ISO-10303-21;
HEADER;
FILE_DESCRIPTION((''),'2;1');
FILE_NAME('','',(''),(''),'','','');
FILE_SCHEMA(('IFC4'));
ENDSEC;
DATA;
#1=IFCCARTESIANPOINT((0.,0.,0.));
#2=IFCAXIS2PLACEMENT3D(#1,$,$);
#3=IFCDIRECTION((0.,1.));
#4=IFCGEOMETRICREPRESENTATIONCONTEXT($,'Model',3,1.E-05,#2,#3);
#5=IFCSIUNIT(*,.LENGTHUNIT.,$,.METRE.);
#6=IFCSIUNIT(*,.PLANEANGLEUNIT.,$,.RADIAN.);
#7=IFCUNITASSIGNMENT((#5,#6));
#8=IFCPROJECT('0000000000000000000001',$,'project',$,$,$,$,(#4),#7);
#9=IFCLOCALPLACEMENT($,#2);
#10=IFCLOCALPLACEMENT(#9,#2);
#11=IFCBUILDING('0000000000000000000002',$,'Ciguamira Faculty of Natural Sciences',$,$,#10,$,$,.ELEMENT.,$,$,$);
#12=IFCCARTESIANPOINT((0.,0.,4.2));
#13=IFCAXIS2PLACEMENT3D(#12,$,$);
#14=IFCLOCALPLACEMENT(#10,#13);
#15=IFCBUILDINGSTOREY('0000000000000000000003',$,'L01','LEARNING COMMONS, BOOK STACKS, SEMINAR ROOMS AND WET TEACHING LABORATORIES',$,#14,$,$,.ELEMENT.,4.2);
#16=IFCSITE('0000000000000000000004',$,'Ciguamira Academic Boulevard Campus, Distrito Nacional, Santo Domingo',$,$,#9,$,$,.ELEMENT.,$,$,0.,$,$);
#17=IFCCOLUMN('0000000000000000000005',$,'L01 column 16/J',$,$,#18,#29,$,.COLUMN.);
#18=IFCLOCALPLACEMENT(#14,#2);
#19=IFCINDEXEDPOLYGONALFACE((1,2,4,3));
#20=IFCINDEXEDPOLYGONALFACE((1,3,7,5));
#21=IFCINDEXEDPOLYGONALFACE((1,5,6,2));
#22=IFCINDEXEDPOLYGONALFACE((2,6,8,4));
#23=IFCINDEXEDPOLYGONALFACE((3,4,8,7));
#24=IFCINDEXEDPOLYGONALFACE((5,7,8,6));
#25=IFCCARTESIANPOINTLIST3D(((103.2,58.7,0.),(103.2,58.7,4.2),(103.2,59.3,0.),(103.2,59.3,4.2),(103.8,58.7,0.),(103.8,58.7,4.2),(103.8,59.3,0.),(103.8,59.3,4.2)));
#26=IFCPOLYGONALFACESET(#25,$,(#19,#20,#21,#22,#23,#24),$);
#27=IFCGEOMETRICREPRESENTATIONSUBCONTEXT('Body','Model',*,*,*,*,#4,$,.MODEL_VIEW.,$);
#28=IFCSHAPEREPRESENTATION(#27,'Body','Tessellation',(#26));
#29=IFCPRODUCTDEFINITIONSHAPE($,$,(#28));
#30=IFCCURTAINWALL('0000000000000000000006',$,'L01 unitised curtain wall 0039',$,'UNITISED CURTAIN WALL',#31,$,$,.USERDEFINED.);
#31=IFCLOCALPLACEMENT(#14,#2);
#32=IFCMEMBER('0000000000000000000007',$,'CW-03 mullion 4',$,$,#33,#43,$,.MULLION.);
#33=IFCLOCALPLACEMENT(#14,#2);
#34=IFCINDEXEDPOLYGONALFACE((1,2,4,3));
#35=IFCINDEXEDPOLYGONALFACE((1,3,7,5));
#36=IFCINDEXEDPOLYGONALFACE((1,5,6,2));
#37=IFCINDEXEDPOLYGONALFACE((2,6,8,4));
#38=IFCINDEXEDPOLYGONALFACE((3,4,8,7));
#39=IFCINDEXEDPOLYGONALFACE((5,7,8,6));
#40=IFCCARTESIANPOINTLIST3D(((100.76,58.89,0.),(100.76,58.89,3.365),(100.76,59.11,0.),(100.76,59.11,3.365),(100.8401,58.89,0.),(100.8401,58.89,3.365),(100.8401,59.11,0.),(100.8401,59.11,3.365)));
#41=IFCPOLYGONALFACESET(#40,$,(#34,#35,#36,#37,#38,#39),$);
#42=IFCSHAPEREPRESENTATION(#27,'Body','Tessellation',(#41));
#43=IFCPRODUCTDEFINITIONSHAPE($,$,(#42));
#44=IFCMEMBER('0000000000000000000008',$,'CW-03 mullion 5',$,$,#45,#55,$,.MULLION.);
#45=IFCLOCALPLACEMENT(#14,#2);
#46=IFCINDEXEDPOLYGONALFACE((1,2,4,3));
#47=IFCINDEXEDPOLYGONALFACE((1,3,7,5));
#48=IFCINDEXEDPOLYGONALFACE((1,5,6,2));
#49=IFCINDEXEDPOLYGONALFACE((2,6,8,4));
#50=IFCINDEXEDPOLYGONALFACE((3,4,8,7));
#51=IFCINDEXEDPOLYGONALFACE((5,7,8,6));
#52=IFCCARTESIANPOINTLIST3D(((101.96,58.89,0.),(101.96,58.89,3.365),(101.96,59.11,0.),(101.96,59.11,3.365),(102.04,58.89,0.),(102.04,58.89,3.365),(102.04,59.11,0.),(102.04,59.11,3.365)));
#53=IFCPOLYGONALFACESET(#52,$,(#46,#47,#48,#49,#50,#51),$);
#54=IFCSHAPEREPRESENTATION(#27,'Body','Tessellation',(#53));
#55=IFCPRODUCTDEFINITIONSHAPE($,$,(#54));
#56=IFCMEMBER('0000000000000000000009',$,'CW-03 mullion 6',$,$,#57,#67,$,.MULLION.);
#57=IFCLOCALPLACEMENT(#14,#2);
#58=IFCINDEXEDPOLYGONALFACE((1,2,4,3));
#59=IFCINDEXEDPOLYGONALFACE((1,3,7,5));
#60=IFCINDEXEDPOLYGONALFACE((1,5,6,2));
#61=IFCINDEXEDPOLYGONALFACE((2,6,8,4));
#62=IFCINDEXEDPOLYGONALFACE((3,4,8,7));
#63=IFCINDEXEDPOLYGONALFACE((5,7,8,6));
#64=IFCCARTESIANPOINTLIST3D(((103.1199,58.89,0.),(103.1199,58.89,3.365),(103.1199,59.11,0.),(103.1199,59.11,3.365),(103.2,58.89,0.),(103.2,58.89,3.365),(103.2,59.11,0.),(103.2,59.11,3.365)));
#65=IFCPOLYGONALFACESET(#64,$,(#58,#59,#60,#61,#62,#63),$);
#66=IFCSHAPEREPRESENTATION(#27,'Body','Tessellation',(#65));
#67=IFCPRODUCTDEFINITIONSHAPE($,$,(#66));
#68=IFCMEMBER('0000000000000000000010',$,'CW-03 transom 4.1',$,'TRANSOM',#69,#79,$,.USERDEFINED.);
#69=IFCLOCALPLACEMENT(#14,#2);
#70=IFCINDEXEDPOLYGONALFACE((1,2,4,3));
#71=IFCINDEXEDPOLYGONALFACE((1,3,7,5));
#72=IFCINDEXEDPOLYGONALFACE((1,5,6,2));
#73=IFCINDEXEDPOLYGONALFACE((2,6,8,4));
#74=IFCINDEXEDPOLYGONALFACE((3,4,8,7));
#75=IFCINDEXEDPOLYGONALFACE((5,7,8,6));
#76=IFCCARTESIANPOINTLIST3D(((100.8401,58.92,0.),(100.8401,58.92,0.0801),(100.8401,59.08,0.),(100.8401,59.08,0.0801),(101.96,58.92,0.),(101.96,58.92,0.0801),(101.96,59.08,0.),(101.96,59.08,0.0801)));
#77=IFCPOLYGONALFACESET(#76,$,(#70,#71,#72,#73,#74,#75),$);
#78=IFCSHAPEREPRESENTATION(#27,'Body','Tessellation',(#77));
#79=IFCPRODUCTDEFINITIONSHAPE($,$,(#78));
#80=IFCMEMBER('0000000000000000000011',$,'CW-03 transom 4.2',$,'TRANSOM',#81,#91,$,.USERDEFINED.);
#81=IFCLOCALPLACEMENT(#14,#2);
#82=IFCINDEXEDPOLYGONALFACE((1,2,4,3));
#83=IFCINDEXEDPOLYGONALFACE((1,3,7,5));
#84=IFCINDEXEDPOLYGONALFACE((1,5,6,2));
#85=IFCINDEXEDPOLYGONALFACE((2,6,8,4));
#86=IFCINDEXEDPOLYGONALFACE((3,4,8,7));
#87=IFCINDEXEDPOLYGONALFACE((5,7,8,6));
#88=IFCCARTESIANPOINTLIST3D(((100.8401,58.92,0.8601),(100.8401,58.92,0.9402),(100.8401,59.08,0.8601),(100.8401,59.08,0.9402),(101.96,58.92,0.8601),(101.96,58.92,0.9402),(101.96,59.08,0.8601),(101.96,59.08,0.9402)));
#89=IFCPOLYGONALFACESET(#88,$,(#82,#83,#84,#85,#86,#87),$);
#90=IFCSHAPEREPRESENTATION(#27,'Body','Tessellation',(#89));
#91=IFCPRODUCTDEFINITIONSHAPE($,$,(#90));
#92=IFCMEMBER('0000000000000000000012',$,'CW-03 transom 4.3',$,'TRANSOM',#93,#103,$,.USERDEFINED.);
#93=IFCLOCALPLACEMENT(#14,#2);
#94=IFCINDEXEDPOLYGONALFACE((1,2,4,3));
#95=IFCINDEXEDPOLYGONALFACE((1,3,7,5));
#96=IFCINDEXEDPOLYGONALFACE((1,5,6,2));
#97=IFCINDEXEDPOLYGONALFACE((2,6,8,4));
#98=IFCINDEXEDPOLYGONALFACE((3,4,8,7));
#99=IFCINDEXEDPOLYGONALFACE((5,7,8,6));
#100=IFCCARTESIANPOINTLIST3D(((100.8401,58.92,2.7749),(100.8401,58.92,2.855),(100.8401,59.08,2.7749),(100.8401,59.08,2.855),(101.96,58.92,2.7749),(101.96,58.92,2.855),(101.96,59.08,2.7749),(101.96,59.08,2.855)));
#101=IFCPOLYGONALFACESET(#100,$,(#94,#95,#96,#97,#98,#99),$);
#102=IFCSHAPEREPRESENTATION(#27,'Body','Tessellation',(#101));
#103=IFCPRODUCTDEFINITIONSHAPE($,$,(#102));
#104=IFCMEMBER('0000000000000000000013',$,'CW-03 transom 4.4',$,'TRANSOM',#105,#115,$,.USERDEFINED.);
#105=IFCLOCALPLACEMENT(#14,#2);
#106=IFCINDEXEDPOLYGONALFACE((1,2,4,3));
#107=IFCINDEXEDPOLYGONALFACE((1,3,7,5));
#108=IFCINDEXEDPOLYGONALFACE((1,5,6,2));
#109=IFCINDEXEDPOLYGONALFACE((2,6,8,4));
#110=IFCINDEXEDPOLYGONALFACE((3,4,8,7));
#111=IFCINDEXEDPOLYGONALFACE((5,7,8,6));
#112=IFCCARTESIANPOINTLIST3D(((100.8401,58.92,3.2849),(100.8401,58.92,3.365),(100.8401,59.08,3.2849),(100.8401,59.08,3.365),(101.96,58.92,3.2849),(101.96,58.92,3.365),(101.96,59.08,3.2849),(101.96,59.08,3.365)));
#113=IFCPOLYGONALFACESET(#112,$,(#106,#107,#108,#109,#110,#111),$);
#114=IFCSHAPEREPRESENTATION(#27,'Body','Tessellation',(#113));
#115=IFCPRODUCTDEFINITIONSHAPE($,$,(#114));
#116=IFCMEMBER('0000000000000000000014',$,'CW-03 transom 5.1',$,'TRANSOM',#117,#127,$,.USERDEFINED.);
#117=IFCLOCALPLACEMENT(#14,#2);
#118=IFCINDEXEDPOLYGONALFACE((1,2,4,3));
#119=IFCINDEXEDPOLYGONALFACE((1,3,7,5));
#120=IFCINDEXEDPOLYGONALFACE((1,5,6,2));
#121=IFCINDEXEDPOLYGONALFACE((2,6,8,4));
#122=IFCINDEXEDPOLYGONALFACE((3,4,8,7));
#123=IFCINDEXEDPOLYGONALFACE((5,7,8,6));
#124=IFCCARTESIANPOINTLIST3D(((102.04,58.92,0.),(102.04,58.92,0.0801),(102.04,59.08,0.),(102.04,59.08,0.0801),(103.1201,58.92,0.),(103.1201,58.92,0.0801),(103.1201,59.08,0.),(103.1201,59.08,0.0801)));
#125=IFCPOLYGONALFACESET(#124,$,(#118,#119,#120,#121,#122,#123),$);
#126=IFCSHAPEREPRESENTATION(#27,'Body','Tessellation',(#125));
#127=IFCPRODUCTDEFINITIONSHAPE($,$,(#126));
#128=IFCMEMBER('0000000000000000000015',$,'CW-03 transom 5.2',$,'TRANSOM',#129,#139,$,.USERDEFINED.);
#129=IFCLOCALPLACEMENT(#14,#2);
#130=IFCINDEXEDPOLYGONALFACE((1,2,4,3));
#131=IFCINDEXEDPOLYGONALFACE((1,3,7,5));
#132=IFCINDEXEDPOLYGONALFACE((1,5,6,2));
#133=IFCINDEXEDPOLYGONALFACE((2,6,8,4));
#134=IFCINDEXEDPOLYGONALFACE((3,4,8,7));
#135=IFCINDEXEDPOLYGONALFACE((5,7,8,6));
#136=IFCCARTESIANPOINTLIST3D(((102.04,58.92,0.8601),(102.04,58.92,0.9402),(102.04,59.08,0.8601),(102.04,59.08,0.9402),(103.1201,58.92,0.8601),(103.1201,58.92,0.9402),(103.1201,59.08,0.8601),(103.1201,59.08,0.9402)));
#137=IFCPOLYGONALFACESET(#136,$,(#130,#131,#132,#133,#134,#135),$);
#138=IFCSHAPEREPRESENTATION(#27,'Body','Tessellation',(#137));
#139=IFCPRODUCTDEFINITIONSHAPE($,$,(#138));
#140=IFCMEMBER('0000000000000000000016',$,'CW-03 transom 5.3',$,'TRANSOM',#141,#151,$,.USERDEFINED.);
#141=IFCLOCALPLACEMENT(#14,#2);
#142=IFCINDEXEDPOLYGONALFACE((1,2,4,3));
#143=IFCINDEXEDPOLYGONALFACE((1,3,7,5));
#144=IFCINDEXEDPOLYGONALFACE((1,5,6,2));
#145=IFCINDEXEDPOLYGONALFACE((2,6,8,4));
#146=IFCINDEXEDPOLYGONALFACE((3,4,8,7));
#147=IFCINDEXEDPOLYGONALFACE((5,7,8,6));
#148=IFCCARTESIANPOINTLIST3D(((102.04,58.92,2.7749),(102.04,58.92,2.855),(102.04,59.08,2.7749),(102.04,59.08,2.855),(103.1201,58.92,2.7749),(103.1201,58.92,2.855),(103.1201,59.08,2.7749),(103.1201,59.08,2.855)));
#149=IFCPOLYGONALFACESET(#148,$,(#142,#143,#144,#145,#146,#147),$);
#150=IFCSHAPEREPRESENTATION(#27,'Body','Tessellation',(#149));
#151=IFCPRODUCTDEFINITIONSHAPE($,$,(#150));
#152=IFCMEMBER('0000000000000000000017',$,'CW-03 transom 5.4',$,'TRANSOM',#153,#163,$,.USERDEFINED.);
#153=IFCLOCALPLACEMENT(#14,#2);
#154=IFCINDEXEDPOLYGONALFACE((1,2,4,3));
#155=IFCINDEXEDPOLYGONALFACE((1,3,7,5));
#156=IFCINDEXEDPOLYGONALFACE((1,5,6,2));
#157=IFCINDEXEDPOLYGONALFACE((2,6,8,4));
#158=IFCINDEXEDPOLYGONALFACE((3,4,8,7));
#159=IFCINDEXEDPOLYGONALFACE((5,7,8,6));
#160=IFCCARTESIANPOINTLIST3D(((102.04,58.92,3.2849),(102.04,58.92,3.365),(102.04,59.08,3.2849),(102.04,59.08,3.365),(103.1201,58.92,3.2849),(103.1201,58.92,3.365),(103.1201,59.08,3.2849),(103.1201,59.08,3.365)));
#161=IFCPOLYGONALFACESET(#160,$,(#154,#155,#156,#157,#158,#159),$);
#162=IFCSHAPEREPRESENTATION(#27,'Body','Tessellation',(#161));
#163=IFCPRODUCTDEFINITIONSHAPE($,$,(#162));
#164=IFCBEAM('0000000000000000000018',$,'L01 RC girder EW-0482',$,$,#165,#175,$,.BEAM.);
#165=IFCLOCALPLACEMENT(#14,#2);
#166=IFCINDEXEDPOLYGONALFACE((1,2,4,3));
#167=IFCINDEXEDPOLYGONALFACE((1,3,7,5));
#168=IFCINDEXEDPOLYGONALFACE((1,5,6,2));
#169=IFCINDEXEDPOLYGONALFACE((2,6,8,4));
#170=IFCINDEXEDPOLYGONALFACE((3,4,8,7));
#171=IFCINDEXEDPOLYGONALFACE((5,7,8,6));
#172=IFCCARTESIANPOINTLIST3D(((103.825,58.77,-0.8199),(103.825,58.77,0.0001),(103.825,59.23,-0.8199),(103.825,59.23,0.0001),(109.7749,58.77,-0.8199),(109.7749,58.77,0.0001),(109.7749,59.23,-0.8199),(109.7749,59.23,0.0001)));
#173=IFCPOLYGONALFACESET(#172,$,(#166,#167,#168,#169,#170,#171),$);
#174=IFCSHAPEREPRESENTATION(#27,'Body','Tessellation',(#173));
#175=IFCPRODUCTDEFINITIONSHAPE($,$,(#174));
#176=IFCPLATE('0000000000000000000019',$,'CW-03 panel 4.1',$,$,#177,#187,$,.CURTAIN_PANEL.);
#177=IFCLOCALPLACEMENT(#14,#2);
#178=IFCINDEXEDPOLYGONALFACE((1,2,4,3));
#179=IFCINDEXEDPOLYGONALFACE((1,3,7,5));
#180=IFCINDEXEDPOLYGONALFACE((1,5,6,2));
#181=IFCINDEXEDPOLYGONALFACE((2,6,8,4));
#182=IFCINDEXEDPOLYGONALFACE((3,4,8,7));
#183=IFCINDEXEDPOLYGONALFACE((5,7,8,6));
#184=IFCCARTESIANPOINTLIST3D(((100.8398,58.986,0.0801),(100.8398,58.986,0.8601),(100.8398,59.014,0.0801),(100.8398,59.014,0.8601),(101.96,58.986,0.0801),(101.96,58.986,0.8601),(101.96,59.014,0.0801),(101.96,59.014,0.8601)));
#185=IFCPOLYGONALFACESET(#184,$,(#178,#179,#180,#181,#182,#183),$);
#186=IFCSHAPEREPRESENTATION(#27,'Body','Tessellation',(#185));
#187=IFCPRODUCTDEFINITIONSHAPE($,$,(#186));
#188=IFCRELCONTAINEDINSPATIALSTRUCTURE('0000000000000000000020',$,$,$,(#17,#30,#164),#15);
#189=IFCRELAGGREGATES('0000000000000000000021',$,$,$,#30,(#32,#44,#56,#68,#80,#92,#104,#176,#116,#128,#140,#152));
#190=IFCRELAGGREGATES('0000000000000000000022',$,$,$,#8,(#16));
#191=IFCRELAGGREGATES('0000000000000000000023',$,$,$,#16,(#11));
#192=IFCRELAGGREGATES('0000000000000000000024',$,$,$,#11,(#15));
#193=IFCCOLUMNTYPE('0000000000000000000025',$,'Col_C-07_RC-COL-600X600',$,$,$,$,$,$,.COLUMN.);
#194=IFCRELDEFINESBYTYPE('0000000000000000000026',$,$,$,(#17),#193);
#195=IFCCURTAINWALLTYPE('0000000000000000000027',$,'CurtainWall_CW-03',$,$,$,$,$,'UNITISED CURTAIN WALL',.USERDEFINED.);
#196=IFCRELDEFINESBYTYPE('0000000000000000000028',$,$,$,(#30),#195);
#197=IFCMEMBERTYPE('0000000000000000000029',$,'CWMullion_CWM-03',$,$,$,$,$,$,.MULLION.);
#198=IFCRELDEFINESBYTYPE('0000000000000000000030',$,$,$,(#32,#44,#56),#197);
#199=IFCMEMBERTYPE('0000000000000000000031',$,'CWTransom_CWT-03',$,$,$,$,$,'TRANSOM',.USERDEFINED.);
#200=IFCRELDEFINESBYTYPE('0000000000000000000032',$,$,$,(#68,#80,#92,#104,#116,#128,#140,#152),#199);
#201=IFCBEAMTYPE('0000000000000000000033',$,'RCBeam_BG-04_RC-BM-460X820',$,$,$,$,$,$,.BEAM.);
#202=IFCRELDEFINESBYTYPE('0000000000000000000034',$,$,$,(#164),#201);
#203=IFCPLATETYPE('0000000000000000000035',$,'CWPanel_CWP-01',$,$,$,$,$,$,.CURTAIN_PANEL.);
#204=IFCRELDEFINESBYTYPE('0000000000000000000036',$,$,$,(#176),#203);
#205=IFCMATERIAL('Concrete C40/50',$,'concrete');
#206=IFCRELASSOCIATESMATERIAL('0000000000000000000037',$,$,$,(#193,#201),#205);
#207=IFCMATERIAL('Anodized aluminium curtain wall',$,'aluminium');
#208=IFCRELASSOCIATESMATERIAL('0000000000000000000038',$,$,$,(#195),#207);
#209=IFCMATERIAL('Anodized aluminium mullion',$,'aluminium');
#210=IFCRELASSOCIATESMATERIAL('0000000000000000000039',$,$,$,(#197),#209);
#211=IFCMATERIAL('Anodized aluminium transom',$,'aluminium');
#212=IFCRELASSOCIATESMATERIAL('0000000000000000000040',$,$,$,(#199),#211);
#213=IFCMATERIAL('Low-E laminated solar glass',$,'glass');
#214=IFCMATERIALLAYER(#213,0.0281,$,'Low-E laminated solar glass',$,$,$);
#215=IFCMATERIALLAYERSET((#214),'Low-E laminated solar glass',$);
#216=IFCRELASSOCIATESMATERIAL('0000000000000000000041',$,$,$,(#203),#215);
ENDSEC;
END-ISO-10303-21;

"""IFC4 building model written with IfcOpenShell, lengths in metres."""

from ifc_helpers import new_model, si_unit, direction, frame, origin, origin_2d, place, context, subcontext, project, spatial, rectangle, extrude, material, layer, layer_set, material_profile, profile_set, type_object, element, aggregate, save


model = new_model("IFC4")

# Units and contexts
model_context = context("Model", 3, precision=1e-05, world=origin(), true_north=direction((0.0, 1.0)))
body_context = subcontext(model_context, "Body", "Model", "MODEL_VIEW")
ifc_project = project(units=[si_unit("LENGTHUNIT", "METRE"), si_unit("PLANEANGLEUNIT", "RADIAN")], contexts=[model_context])

# Site, building, storey
site_placement = place(None, origin())
site = spatial("IfcSite", under=ifc_project, at=site_placement, Name="Ciguamira Academic Boulevard Campus, Distrito Nacional, Santo Domingo", CompositionType="ELEMENT", RefElevation=0.0)
building_placement = place(site_placement, origin())
building = spatial("IfcBuilding", under=site, at=building_placement, Name="Ciguamira Faculty of Natural Sciences", CompositionType="ELEMENT")
storey_placement = place(building_placement, frame((0.0, 0.0, 4.2)))
storey = spatial("IfcBuildingStorey", under=building, at=storey_placement, Name="L01", Description="LEARNING COMMONS, BOOK STACKS, SEMINAR ROOMS AND WET TEACHING LABORATORIES", CompositionType="ELEMENT", Elevation=4.2)

# Column
ifc_material_1 = material(Name="Concrete C40/50", Category="concrete")
ifc_material_profile_1 = material_profile(ifc_material_1, rectangle(XDim=0.6001, YDim=0.6001, at=origin_2d()), Name="RC-COL-600X600")
ifc_profile_set_1 = profile_set([ifc_material_profile_1], Name="Concrete C40/50")
column_type = type_object("IfcColumnType", Name="Col_C-07_RC-COL-600X600", PredefinedType="COLUMN", material=ifc_profile_set_1)
column_placement = place(storey_placement, frame((103.5, 59.0, 0.0), z_axis=(0.0, 0.0, 1.0), x_axis=(1.0, 0.0, 0.0)))
element("IfcColumn", 1, at=column_placement, inside=storey, type_object=column_type, Name="L01 column 16/J", PredefinedType="COLUMN", context=body_context, shape_type="SweptSolid", body=[
    extrude(rectangle(XDim=0.6001, YDim=0.6001, at=origin_2d()), origin(), (0.0, 0.0, 1.0), 4.2),
])

# Curtain wall, members
ifc_material_2 = material(Name="Anodized aluminium curtain wall", Category="aluminium")
curtain_wall_type = type_object("IfcCurtainWallType", Name="CurtainWall_CW-03", ElementType="UNITISED CURTAIN WALL", PredefinedType="USERDEFINED", material=ifc_material_2)
curtain_wall_placement = place(storey_placement, origin())
curtain_wall = element("IfcCurtainWall", 2, at=curtain_wall_placement, inside=storey, type_object=curtain_wall_type, Name="L01 unitised curtain wall 0039", ObjectType="UNITISED CURTAIN WALL", PredefinedType="USERDEFINED")
ifc_material_3 = material(Name="Anodized aluminium mullion", Category="aluminium")
ifc_material_profile_2 = material_profile(ifc_material_3, rectangle(XDim=0.0801, YDim=0.22, at=origin_2d()), Name="ALU-MUL-80X220")
ifc_profile_set_2 = profile_set([ifc_material_profile_2], Name="Anodized aluminium mullion")
member_type_1 = type_object("IfcMemberType", Name="CWMullion_CWM-03", PredefinedType="MULLION", material=ifc_profile_set_2)
member_1_placement = place(storey_placement, frame((100.8, 59.0, 0.0), z_axis=(0.0, 0.0, 1.0), x_axis=(1.0, 0.0, 0.0)))
member_1 = element("IfcMember", 3, at=member_1_placement, type_object=member_type_1, Name="CW-03 mullion 4", PredefinedType="MULLION", context=body_context, shape_type="SweptSolid", body=[
    extrude(rectangle(XDim=0.0801, YDim=0.22, at=origin_2d()), origin(), (0.0, 0.0, 1.0), 3.365),
])
member_2_placement = place(storey_placement, frame((102.0, 59.0, 0.0), z_axis=(0.0, 0.0, 1.0), x_axis=(1.0, 0.0, 0.0)))
member_2 = element("IfcMember", 4, at=member_2_placement, type_object=member_type_1, Name="CW-03 mullion 5", PredefinedType="MULLION", context=body_context, shape_type="SweptSolid", body=[
    extrude(rectangle(XDim=0.0801, YDim=0.22, at=origin_2d()), origin(), (0.0, 0.0, 1.0), 3.365),
])
member_3_placement = place(storey_placement, frame((103.1599, 59.0, 0.0), z_axis=(0.0, 0.0, 1.0), x_axis=(1.0, 0.0, 0.0)))
member_3 = element("IfcMember", 5, at=member_3_placement, type_object=member_type_1, Name="CW-03 mullion 6", PredefinedType="MULLION", context=body_context, shape_type="SweptSolid", body=[
    extrude(rectangle(XDim=0.0801, YDim=0.22, at=origin_2d()), origin(), (0.0, 0.0, 1.0), 3.365),
])
ifc_material_4 = material(Name="Anodized aluminium transom", Category="aluminium")
ifc_material_profile_3 = material_profile(ifc_material_4, rectangle(XDim=0.0801, YDim=0.1599, at=origin_2d()), Name="ALU-TRN-80X160")
ifc_profile_set_3 = profile_set([ifc_material_profile_3], Name="Anodized aluminium transom")
member_type_2 = type_object("IfcMemberType", Name="CWTransom_CWT-03", ElementType="TRANSOM", PredefinedType="USERDEFINED", material=ifc_profile_set_3)
member_4_placement = place(storey_placement, frame((100.8401, 59.0, 0.04), z_axis=(1.0, 0.0, 0.0), x_axis=(0.0, 0.0, 1.0)))
member_4 = element("IfcMember", 6, at=member_4_placement, type_object=member_type_2, Name="CW-03 transom 4.1", ObjectType="TRANSOM", PredefinedType="USERDEFINED", context=body_context, shape_type="SweptSolid", body=[
    extrude(rectangle(XDim=0.0801, YDim=0.1599, at=origin_2d()), origin(), (0.0, 0.0, 1.0), 1.1199),
])
member_5_placement = place(storey_placement, frame((100.8401, 59.0, 0.9001), z_axis=(1.0, 0.0, 0.0), x_axis=(0.0, 0.0, 1.0)))
member_5 = element("IfcMember", 7, at=member_5_placement, type_object=member_type_2, Name="CW-03 transom 4.2", ObjectType="TRANSOM", PredefinedType="USERDEFINED", context=body_context, shape_type="SweptSolid", body=[
    extrude(rectangle(XDim=0.0801, YDim=0.1599, at=origin_2d()), origin(), (0.0, 0.0, 1.0), 1.1199),
])
member_6_placement = place(storey_placement, frame((100.8401, 59.0, 2.8149), z_axis=(1.0, 0.0, 0.0), x_axis=(0.0, 0.0, 1.0)))
member_6 = element("IfcMember", 8, at=member_6_placement, type_object=member_type_2, Name="CW-03 transom 4.3", ObjectType="TRANSOM", PredefinedType="USERDEFINED", context=body_context, shape_type="SweptSolid", body=[
    extrude(rectangle(XDim=0.0801, YDim=0.1599, at=origin_2d()), origin(), (0.0, 0.0, 1.0), 1.1199),
])
member_7_placement = place(storey_placement, frame((100.8401, 59.0, 3.325), z_axis=(1.0, 0.0, 0.0), x_axis=(0.0, 0.0, 1.0)))
member_7 = element("IfcMember", 9, at=member_7_placement, type_object=member_type_2, Name="CW-03 transom 4.4", ObjectType="TRANSOM", PredefinedType="USERDEFINED", context=body_context, shape_type="SweptSolid", body=[
    extrude(rectangle(XDim=0.0801, YDim=0.1599, at=origin_2d()), origin(), (0.0, 0.0, 1.0), 1.1199),
])
member_8_placement = place(storey_placement, frame((102.04, 59.0, 0.04), z_axis=(1.0, 0.0, 0.0), x_axis=(0.0, 0.0, 1.0)))
member_8 = element("IfcMember", 10, at=member_8_placement, type_object=member_type_2, Name="CW-03 transom 5.1", ObjectType="TRANSOM", PredefinedType="USERDEFINED", context=body_context, shape_type="SweptSolid", body=[
    extrude(rectangle(XDim=0.0801, YDim=0.1599, at=origin_2d()), origin(), (0.0, 0.0, 1.0), 1.0801),
])
member_9_placement = place(storey_placement, frame((102.04, 59.0, 0.9001), z_axis=(1.0, 0.0, 0.0), x_axis=(0.0, 0.0, 1.0)))
member_9 = element("IfcMember", 11, at=member_9_placement, type_object=member_type_2, Name="CW-03 transom 5.2", ObjectType="TRANSOM", PredefinedType="USERDEFINED", context=body_context, shape_type="SweptSolid", body=[
    extrude(rectangle(XDim=0.0801, YDim=0.1599, at=origin_2d()), origin(), (0.0, 0.0, 1.0), 1.0801),
])
member_10_placement = place(storey_placement, frame((102.04, 59.0, 2.8149), z_axis=(1.0, 0.0, 0.0), x_axis=(0.0, 0.0, 1.0)))
member_10 = element("IfcMember", 12, at=member_10_placement, type_object=member_type_2, Name="CW-03 transom 5.3", ObjectType="TRANSOM", PredefinedType="USERDEFINED", context=body_context, shape_type="SweptSolid", body=[
    extrude(rectangle(XDim=0.0801, YDim=0.1599, at=origin_2d()), origin(), (0.0, 0.0, 1.0), 1.0801),
])
member_11_placement = place(storey_placement, frame((102.04, 59.0, 3.325), z_axis=(1.0, 0.0, 0.0), x_axis=(0.0, 0.0, 1.0)))
member_11 = element("IfcMember", 13, at=member_11_placement, type_object=member_type_2, Name="CW-03 transom 5.4", ObjectType="TRANSOM", PredefinedType="USERDEFINED", context=body_context, shape_type="SweptSolid", body=[
    extrude(rectangle(XDim=0.0801, YDim=0.1599, at=origin_2d()), origin(), (0.0, 0.0, 1.0), 1.0801),
])

# Beam
ifc_material_profile_4 = material_profile(ifc_material_1, rectangle(XDim=0.46, YDim=0.8201, at=origin_2d()), Name="RC-BM-460X820")
ifc_profile_set_4 = profile_set([ifc_material_profile_4], Name="Concrete C40/50")
beam_type = type_object("IfcBeamType", Name="RCBeam_BG-04_RC-BM-460X820", PredefinedType="BEAM", material=ifc_profile_set_4)
beam_placement = place(storey_placement, frame((103.825, 59.0, -0.4099), z_axis=(1.0, 0.0, 0.0), x_axis=(0.0, 1.0, 0.0)))
element("IfcBeam", 14, at=beam_placement, inside=storey, type_object=beam_type, Name="L01 RC girder EW-0482", PredefinedType="BEAM", context=body_context, shape_type="SweptSolid", body=[
    extrude(rectangle(XDim=0.46, YDim=0.8201, at=origin_2d()), origin(), (0.0, 0.0, 1.0), 5.95),
])

# Plate
ifc_material_5 = material(Name="Low-E laminated solar glass", Category="glass")
ifc_layer_1 = layer(ifc_material_5, 0.0281, Name="Low-E laminated solar glass")
ifc_layer_set_1 = layer_set([ifc_layer_1], Name="Low-E laminated solar glass")
plate_type = type_object("IfcPlateType", Name="CWPanel_CWP-01", PredefinedType="CURTAIN_PANEL", material=ifc_layer_set_1)
plate_1_placement = place(storey_placement, frame((101.3999, 59.0, 0.0801), z_axis=(0.0, 0.0, 1.0), x_axis=(1.0, 0.0, 0.0)))
plate_1 = element("IfcPlate", 15, at=plate_1_placement, type_object=plate_type, Name="CW-03 panel 4.1", PredefinedType="CURTAIN_PANEL", context=body_context, shape_type="SweptSolid", body=[
    extrude(rectangle(XDim=1.1201, YDim=0.0281, at=origin_2d()), origin(), (0.0, 0.0, 1.0), 0.78),
])
aggregate(curtain_wall, [member_1, member_2, member_3, member_4, member_5, member_6, member_7, plate_1, member_8, member_9, member_10, member_11])

save(model, "model.ifc")
